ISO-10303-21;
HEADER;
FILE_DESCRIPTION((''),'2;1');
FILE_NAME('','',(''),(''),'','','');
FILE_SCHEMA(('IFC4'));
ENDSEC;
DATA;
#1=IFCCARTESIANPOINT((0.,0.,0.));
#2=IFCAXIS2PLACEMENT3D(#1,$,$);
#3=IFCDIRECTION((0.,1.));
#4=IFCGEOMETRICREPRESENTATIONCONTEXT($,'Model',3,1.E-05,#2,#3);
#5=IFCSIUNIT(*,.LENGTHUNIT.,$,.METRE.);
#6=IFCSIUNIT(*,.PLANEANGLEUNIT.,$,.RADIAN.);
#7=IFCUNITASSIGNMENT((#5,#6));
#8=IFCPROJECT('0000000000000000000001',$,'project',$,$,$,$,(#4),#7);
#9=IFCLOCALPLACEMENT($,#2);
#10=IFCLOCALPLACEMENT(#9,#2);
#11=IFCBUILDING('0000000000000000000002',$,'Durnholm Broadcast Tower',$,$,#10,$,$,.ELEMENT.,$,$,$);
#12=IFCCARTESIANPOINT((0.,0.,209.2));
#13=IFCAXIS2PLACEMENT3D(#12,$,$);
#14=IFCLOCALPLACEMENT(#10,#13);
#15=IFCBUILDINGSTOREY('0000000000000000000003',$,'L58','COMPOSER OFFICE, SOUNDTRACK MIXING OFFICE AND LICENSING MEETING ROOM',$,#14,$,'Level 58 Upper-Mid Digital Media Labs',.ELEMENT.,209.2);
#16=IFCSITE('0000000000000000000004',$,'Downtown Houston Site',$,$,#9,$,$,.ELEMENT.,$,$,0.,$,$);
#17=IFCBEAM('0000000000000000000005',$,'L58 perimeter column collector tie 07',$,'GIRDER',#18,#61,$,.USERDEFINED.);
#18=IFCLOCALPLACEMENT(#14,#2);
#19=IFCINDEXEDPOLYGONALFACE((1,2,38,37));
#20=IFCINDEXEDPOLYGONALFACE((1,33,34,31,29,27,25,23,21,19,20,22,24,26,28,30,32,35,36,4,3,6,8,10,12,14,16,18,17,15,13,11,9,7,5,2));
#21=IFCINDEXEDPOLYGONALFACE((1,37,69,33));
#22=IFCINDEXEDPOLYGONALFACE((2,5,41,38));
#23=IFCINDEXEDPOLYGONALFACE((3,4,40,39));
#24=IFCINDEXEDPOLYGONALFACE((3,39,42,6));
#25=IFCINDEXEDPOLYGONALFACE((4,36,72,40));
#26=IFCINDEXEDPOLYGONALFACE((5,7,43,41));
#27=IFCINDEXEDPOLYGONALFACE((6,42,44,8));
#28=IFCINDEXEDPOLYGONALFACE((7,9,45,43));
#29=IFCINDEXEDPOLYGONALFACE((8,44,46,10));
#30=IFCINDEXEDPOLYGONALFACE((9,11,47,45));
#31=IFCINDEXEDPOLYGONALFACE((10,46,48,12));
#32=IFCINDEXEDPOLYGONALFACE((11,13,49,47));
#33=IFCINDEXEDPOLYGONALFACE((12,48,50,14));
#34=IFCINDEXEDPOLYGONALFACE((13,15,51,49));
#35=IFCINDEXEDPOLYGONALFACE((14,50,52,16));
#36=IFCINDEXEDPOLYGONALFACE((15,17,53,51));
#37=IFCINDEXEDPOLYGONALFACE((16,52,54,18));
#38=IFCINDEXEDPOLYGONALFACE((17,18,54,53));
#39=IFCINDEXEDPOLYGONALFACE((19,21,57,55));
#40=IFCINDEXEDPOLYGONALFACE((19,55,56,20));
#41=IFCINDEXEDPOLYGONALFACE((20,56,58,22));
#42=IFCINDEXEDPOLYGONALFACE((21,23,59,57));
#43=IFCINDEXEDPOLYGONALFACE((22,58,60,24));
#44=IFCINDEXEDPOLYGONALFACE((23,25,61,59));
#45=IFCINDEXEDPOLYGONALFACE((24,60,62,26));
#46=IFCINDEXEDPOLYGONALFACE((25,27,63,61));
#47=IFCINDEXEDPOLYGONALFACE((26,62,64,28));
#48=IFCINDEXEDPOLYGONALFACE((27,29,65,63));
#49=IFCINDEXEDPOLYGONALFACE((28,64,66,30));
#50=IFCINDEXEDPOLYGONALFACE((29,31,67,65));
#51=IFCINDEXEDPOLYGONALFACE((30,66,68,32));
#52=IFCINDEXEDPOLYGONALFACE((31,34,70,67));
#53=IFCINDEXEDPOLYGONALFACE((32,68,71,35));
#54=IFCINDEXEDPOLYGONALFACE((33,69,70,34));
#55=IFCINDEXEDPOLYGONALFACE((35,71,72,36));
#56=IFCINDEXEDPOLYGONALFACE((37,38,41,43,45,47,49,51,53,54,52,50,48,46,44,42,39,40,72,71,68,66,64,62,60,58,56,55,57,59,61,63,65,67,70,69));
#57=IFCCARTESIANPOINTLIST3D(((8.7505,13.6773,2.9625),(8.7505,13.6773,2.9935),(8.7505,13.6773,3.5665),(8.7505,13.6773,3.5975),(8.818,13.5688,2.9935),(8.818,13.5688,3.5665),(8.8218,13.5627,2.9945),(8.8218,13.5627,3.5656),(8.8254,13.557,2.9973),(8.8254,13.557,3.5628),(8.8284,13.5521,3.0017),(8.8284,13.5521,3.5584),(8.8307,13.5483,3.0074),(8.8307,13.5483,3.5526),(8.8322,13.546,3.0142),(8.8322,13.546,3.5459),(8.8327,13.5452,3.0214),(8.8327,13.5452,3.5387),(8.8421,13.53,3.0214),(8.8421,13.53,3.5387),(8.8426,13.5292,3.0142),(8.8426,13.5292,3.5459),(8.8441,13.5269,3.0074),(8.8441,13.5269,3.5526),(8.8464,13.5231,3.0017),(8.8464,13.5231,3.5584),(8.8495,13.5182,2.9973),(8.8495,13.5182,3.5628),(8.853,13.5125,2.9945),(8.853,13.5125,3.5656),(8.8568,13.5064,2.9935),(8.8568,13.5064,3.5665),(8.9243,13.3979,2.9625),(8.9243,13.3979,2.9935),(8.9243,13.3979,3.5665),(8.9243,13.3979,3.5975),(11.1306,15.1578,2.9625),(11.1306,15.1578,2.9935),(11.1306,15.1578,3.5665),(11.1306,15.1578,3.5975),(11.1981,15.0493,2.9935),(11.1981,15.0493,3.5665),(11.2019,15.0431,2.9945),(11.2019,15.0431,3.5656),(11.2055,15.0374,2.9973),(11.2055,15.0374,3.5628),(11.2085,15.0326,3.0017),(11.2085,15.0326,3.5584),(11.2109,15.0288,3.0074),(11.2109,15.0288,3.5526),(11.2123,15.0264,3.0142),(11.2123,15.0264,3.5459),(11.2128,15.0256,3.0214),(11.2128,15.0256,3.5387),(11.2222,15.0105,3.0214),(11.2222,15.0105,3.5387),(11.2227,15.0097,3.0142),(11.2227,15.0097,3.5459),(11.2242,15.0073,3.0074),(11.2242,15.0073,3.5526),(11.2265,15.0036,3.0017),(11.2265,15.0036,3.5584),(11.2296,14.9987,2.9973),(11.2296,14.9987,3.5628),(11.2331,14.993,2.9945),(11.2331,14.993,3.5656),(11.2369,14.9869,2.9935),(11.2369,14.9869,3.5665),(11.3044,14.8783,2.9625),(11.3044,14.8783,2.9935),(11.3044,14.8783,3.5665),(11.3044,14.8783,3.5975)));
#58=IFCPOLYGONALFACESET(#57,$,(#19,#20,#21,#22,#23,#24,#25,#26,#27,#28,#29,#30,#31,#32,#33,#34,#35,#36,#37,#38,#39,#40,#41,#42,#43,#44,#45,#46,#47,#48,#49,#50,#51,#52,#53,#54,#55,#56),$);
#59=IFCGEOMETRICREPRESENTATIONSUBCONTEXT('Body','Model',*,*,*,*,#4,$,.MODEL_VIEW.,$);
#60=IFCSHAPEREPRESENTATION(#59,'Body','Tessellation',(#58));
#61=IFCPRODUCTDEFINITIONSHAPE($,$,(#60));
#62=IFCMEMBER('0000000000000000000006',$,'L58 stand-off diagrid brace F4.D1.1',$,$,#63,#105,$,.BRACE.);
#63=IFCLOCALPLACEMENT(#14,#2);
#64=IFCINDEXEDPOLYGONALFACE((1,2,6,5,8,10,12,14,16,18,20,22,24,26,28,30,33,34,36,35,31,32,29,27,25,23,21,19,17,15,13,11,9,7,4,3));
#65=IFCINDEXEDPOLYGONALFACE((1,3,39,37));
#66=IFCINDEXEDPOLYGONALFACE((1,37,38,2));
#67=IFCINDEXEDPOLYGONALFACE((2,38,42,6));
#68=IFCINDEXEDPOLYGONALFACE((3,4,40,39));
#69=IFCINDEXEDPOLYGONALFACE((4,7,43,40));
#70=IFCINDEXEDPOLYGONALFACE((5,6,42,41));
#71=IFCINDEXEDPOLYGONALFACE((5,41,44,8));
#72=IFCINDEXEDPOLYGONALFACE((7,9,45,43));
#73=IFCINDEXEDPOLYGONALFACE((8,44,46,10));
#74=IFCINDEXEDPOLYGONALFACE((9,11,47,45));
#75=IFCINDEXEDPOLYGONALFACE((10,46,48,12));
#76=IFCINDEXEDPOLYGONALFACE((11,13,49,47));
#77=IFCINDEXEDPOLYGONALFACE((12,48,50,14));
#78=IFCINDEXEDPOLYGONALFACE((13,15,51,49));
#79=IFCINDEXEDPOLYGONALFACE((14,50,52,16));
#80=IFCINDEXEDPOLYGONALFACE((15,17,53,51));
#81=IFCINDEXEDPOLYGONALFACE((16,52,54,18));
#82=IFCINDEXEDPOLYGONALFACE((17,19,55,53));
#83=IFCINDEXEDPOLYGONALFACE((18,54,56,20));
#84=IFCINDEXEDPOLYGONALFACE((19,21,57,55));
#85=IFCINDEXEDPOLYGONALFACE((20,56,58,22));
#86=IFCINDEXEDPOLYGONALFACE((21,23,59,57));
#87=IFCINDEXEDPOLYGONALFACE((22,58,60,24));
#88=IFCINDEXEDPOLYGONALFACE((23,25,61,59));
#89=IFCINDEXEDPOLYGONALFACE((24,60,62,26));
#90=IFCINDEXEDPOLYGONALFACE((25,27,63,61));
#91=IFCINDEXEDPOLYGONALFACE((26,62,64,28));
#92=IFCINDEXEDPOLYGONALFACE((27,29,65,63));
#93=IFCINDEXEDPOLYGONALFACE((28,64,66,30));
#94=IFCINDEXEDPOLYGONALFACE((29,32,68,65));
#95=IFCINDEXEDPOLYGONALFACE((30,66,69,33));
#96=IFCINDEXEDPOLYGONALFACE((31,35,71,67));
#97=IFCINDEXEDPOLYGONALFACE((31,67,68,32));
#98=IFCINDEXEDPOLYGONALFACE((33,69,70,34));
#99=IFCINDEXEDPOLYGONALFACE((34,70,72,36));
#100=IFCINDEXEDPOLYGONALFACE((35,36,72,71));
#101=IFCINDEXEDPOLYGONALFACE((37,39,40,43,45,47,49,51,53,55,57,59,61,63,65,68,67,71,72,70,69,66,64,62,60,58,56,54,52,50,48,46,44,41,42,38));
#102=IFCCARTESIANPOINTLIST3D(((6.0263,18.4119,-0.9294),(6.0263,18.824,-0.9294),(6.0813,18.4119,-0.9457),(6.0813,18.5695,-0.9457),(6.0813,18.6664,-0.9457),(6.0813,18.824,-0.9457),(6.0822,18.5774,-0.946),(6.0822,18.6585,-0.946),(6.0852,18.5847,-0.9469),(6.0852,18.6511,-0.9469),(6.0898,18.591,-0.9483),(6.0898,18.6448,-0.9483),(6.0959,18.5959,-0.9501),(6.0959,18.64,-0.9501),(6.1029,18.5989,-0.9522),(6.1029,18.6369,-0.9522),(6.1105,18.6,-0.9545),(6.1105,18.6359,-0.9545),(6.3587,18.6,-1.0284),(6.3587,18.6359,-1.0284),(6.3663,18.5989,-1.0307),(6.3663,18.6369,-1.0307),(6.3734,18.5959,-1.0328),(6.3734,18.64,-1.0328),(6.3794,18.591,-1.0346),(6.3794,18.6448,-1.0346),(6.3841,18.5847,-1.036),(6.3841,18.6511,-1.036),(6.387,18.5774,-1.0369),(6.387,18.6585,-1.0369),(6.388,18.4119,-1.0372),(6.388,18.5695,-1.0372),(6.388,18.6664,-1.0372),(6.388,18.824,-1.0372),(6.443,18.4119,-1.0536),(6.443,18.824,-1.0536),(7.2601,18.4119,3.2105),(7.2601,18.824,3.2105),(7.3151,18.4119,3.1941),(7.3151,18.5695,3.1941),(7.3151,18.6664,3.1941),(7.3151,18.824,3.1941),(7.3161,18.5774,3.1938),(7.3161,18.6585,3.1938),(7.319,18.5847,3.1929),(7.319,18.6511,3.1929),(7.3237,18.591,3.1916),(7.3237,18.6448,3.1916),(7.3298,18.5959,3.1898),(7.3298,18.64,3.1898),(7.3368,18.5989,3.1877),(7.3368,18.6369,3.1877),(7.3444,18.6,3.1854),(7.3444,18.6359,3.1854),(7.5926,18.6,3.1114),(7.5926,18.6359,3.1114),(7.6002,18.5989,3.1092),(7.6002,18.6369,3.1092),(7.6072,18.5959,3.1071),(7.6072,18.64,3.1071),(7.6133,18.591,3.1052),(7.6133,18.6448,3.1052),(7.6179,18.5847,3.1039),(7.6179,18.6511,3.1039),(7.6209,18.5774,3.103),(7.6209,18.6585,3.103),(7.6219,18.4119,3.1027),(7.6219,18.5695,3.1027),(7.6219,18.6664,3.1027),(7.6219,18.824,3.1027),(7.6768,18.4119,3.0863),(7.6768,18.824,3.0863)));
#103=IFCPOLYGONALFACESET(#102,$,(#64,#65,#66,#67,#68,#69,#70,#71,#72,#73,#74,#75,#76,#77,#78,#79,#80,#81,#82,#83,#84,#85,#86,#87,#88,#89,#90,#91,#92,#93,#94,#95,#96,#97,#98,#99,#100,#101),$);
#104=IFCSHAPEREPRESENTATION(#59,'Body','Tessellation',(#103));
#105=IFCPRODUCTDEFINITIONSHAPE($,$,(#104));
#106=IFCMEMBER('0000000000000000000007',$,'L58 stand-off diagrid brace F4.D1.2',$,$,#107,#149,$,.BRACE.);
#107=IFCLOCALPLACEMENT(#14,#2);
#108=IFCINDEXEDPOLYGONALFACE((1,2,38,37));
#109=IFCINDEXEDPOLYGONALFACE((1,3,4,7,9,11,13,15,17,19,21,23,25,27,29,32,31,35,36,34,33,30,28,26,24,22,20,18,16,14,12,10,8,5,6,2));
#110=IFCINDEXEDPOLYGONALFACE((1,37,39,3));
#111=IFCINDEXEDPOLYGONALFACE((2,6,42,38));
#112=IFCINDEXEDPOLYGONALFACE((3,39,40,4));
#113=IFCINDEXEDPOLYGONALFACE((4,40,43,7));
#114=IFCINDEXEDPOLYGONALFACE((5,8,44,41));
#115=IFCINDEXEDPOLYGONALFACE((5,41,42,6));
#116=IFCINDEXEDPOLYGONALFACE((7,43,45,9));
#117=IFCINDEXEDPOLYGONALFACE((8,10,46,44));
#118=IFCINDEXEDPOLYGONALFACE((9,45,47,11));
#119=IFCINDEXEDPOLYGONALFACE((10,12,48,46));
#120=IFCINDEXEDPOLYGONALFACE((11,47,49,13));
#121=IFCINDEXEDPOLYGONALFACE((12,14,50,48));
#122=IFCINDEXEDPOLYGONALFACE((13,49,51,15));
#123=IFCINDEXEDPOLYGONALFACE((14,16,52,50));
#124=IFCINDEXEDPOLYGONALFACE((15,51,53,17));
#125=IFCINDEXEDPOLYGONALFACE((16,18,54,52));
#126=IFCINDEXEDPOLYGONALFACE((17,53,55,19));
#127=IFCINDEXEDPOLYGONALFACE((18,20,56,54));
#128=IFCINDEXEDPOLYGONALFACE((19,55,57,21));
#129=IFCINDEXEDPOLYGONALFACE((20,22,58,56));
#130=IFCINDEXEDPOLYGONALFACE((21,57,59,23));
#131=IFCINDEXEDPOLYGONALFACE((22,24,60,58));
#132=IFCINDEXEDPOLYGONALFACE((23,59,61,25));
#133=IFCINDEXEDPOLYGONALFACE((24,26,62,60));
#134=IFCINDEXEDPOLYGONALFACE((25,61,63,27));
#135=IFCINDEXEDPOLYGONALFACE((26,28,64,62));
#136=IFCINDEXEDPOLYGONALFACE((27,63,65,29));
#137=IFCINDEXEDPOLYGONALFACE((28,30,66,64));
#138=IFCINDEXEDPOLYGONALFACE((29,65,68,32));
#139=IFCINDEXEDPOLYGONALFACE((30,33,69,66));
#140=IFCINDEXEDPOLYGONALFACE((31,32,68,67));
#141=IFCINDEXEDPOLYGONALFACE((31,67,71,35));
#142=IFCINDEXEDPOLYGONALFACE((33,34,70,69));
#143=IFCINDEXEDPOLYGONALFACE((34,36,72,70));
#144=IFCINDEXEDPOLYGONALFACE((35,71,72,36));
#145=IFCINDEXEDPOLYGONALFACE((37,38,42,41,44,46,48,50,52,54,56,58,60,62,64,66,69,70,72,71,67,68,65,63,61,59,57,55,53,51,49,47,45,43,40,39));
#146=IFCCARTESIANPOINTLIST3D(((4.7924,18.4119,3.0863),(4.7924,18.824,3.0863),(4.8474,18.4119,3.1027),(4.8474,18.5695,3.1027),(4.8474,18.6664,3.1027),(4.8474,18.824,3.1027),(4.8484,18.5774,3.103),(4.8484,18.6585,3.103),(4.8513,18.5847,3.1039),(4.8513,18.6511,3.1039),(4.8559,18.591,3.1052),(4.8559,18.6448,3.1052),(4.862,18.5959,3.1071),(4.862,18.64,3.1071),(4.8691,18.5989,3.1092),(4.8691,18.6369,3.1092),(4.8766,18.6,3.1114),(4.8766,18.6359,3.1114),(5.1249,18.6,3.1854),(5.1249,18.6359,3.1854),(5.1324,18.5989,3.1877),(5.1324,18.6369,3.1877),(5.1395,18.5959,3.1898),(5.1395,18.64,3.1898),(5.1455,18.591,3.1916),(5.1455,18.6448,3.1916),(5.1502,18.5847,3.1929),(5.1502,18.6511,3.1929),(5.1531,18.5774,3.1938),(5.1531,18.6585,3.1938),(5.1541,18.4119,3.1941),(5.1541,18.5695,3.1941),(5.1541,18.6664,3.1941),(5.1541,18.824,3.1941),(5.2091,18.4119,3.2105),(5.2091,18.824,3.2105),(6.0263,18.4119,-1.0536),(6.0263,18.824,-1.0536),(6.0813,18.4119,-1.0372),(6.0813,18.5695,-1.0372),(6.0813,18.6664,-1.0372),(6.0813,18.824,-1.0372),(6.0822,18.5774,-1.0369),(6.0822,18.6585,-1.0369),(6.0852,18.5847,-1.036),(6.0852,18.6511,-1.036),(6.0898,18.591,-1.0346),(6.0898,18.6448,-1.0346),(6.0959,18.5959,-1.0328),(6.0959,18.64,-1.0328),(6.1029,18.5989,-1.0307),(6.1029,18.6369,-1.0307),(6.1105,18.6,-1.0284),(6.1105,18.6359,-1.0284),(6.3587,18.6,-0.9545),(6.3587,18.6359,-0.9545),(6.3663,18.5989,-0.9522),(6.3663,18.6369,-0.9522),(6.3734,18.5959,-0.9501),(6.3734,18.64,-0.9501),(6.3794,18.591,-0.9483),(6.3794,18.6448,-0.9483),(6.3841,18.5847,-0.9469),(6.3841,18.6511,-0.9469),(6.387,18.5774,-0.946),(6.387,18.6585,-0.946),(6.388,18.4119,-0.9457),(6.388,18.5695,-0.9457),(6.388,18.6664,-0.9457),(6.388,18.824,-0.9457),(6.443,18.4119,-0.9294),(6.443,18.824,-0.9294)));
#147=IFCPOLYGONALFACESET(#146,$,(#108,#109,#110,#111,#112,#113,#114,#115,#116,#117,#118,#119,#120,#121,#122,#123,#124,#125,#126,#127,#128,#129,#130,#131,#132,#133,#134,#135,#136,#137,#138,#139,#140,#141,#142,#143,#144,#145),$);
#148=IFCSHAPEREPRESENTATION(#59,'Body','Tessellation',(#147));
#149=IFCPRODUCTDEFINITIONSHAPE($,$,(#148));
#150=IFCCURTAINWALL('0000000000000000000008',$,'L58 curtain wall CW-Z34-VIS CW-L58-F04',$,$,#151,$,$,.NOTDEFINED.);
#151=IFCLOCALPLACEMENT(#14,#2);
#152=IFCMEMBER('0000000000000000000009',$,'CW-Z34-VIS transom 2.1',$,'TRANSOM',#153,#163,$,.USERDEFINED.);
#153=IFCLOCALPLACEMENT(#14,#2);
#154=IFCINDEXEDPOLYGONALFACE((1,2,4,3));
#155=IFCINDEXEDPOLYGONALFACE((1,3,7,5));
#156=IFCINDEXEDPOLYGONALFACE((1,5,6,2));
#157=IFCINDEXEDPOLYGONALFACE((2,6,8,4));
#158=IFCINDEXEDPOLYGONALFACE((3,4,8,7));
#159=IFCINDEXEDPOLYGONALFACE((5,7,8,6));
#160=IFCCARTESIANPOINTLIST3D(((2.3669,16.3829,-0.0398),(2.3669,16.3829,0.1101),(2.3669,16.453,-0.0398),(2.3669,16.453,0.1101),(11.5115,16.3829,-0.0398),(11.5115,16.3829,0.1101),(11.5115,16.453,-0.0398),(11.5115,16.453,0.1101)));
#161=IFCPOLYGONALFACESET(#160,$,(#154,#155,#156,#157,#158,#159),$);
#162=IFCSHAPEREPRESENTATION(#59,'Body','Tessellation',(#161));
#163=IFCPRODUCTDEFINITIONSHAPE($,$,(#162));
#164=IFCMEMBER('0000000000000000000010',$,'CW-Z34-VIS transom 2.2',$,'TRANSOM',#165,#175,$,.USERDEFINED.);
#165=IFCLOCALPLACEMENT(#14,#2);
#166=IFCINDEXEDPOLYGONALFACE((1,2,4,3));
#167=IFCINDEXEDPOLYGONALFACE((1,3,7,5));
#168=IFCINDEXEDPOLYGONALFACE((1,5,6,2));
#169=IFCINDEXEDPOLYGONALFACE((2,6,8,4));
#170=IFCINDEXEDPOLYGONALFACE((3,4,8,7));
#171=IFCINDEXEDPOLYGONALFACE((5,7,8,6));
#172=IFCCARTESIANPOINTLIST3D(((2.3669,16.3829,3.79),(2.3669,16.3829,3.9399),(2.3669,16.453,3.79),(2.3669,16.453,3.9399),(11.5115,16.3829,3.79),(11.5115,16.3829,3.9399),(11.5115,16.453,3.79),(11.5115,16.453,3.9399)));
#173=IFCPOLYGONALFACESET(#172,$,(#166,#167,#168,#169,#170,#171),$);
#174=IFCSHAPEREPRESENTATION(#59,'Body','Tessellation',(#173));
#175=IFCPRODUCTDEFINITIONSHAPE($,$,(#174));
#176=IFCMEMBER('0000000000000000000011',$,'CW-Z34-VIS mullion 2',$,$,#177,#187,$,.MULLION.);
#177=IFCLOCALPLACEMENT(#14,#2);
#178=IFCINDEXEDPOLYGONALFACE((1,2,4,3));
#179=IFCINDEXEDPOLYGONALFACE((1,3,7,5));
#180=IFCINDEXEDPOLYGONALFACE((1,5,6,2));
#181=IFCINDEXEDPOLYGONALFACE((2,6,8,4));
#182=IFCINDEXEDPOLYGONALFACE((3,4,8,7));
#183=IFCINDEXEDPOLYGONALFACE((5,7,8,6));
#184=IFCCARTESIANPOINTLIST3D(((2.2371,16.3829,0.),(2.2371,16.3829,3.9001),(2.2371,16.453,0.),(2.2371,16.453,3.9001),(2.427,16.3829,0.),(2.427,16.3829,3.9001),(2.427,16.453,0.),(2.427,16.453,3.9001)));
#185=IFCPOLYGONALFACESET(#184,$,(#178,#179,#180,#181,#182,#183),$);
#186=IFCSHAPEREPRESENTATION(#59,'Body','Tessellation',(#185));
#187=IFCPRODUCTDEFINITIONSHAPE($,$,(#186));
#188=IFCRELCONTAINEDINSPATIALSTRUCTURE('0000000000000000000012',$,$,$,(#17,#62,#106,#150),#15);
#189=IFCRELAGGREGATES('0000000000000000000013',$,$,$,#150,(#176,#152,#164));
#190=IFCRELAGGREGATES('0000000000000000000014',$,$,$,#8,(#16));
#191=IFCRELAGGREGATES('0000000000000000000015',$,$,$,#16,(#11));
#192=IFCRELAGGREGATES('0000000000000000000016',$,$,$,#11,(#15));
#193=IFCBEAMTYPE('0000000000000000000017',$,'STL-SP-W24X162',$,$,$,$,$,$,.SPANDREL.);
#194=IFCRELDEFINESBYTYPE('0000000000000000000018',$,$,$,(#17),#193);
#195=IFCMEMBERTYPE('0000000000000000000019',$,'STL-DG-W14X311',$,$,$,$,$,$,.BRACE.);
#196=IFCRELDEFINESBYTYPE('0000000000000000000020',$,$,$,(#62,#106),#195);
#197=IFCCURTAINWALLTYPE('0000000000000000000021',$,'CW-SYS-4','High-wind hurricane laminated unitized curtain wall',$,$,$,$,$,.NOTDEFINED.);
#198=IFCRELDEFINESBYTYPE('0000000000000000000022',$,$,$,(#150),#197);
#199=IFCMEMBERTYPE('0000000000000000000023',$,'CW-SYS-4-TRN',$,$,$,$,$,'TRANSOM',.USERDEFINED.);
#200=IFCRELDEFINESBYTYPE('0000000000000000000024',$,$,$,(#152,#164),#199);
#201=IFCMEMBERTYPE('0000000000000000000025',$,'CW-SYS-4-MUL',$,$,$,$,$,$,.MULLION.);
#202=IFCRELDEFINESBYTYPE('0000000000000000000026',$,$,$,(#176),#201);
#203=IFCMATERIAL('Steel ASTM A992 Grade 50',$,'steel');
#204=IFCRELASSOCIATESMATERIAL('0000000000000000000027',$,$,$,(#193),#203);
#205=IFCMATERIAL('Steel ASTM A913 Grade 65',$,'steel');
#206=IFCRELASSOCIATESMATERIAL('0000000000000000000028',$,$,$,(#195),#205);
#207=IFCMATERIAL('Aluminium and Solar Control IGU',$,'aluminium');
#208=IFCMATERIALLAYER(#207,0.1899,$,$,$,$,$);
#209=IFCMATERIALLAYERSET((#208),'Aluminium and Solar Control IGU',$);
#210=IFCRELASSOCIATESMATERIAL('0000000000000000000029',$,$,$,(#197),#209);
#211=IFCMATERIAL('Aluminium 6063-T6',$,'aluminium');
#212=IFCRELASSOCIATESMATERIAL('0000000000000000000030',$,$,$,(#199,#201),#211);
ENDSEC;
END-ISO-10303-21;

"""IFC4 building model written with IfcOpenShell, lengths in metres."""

from ifc_helpers import new_model, si_unit, direction, frame, origin, origin_2d, place, context, subcontext, project, spatial, rectangle, i_section, extrude, source, transform, mapped, material, layer, layer_set, material_profile, profile_set, type_object, type_shapes, element, aggregate, save


model = new_model("IFC4")

# Units and contexts
model_context = context("Model", 3, precision=1e-05, world=origin(), true_north=direction((0.0, 1.0)))
body_context = subcontext(model_context, "Body", "Model", "MODEL_VIEW")
ifc_project = project(units=[si_unit("LENGTHUNIT", "METRE"), si_unit("PLANEANGLEUNIT", "RADIAN")], contexts=[model_context])

# Site, building, storey
site_placement = place(None, origin())
site = spatial("IfcSite", under=ifc_project, at=site_placement, Name="Downtown Houston Site", CompositionType="ELEMENT", RefElevation=0.0)
building_placement = place(site_placement, origin())
building = spatial("IfcBuilding", under=site, at=building_placement, Name="Durnholm Broadcast Tower", CompositionType="ELEMENT")
storey_placement = place(building_placement, frame((0.0, 0.0, 209.2)))
storey = spatial("IfcBuildingStorey", under=building, at=storey_placement, Name="L58", Description="COMPOSER OFFICE, SOUNDTRACK MIXING OFFICE AND LICENSING MEETING ROOM", LongName="Level 58 Upper-Mid Digital Media Labs", CompositionType="ELEMENT", Elevation=209.2)

# Beam
ifc_material_1 = material(Name="Steel ASTM A992 Grade 50", Category="steel")
ifc_material_profile_1 = material_profile(ifc_material_1, i_section(OverallWidth=0.3291, OverallDepth=0.635, WebThickness=0.0178, FlangeThickness=0.031, FilletRadius=0.0278, at=origin_2d()), Name="W24X162")
ifc_profile_set_1 = profile_set([ifc_material_profile_1], Name="Steel ASTM A992 Grade 50")
beam_type_1 = type_object("IfcBeamType", Name="STL-SP-W24X162", PredefinedType="SPANDREL", material=ifc_profile_set_1)
shared_shape_1 = source(origin(), body_context, "Body", "SweptSolid", [
    extrude(i_section(OverallWidth=0.3291, OverallDepth=0.635, WebThickness=0.0178, FlangeThickness=0.031, FilletRadius=0.0278, at=origin_2d()), origin(), (0.0, 0.0, 1.0), 2.803),
])
type_shapes(beam_type_1, [shared_shape_1])
beam_1_placement = place(storey_placement, frame((11.2175, 15.0181, 3.28), z_axis=(-0.849136, -0.528174, 0.0), x_axis=(0.528174, -0.849136, 0.0)))
element("IfcBeam", 1, at=beam_1_placement, inside=storey, type_object=beam_type_1, Name="L58 perimeter column collector tie 07", ObjectType="GIRDER", PredefinedType="USERDEFINED", context=body_context, shape_type="MappedRepresentation", body=[
    mapped(shared_shape_1, transform((0.0, 0.0, 0.0), x_axis=(1.0, 0.0, 0.0), y_axis=(0.0, 1.0, 0.0), z_axis=(0.0, 0.0, 1.0), scale=1.0)),
])

# Members
ifc_material_2 = material(Name="Steel ASTM A913 Grade 65", Category="steel")
ifc_material_profile_2 = material_profile(ifc_material_2, i_section(OverallWidth=0.4121, OverallDepth=0.4348, WebThickness=0.0359, FlangeThickness=0.0574, FilletRadius=0.0305, at=origin_2d()), Name="W14X311")
ifc_profile_set_2 = profile_set([ifc_material_profile_2], Name="Steel ASTM A913 Grade 65")
member_type_1 = type_object("IfcMemberType", Name="STL-DG-W14X311", PredefinedType="BRACE", material=ifc_profile_set_2)
shared_shape_2 = source(origin(), body_context, "Body", "SweptSolid", [
    extrude(i_section(OverallWidth=0.4121, OverallDepth=0.4348, WebThickness=0.0359, FlangeThickness=0.0574, FilletRadius=0.0305, at=origin_2d()), origin(), (0.0, 0.0, 1.0), 4.3198),
])
type_shapes(member_type_1, [shared_shape_2])
for number, where, z_axis, x_axis, name in (
    (2, (6.2346, 18.6179, -0.9915), (0.285631, 0.0, 0.95834), (0.0, 1.0, 0.0), "L58 stand-off diagrid brace F4.D1.1"),
    (3, (6.2346, 18.6179, -0.9915), (-0.285631, 0.0, 0.95834), (0.0, -1.0, 0.0), "L58 stand-off diagrid brace F4.D1.2"),
):
    element("IfcMember", number, at=place(storey_placement, frame(where, z_axis=z_axis, x_axis=x_axis)), inside=storey, type_object=member_type_1, Name=name, PredefinedType="BRACE", context=body_context, shape_type="MappedRepresentation", body=[
        mapped(shared_shape_2, transform((0.0, 0.0, 0.0), x_axis=(1.0, 0.0, 0.0), y_axis=(0.0, 1.0, 0.0), z_axis=(0.0, 0.0, 1.0), scale=1.0)),
    ])

# Curtain wall, members
ifc_material_3 = material(Name="Aluminium and Solar Control IGU", Category="aluminium")
ifc_layer_1 = layer(ifc_material_3, 0.1899)
ifc_layer_set_1 = layer_set([ifc_layer_1], Name="Aluminium and Solar Control IGU")
curtain_wall_type = type_object("IfcCurtainWallType", Name="CW-SYS-4", Description="High-wind hurricane laminated unitized curtain wall", PredefinedType="NOTDEFINED", material=ifc_layer_set_1)
curtain_wall_placement = place(storey_placement, origin())
curtain_wall = element("IfcCurtainWall", 4, at=curtain_wall_placement, inside=storey, type_object=curtain_wall_type, Name="L58 curtain wall CW-Z34-VIS CW-L58-F04", PredefinedType="NOTDEFINED")
ifc_material_4 = material(Name="Aluminium 6063-T6", Category="aluminium")
ifc_material_profile_3 = material_profile(ifc_material_4, rectangle(XDim=0.0701, YDim=0.1499, at=origin_2d()), Name="CWT70X150")
ifc_profile_set_3 = profile_set([ifc_material_profile_3], Name="Aluminium 6063-T6")
member_type_2 = type_object("IfcMemberType", Name="CW-SYS-4-TRN", ElementType="TRANSOM", PredefinedType="USERDEFINED", material=ifc_profile_set_3)
shared_shape_3 = source(origin(), body_context, "Body", "SweptSolid", [
    extrude(rectangle(XDim=0.0701, YDim=0.1499, at=origin_2d()), origin(), (0.0, 0.0, 1.0), 9.1445),
])
type_shapes(member_type_2, [shared_shape_3])
member_1_placement = place(storey_placement, frame((2.3669, 16.418, 0.0352), z_axis=(1.0, 0.0, 0.0), x_axis=(0.0, 1.0, 0.0)))
member_1 = element("IfcMember", 5, at=member_1_placement, type_object=member_type_2, Name="CW-Z34-VIS transom 2.1", ObjectType="TRANSOM", PredefinedType="USERDEFINED", context=body_context, shape_type="MappedRepresentation", body=[
    mapped(shared_shape_3, transform((0.0, 0.0, 0.0), x_axis=(1.0, 0.0, 0.0), y_axis=(0.0, 1.0, 0.0), z_axis=(0.0, 0.0, 1.0), scale=1.0)),
])
member_2_placement = place(storey_placement, frame((2.3669, 16.418, 3.865), z_axis=(1.0, 0.0, 0.0), x_axis=(0.0, 1.0, 0.0)))
member_2 = element("IfcMember", 6, at=member_2_placement, type_object=member_type_2, Name="CW-Z34-VIS transom 2.2", ObjectType="TRANSOM", PredefinedType="USERDEFINED", context=body_context, shape_type="MappedRepresentation", body=[
    mapped(shared_shape_3, transform((0.0, 0.0, 0.0), x_axis=(1.0, 0.0, 0.0), y_axis=(0.0, 1.0, 0.0), z_axis=(0.0, 0.0, 1.0), scale=1.0)),
])
ifc_material_profile_4 = material_profile(ifc_material_4, rectangle(XDim=0.0701, YDim=0.1899, at=origin_2d()), Name="CWM70X190")
ifc_profile_set_4 = profile_set([ifc_material_profile_4], Name="Aluminium 6063-T6")
member_type_3 = type_object("IfcMemberType", Name="CW-SYS-4-MUL", PredefinedType="MULLION", material=ifc_profile_set_4)
shared_shape_4 = source(origin(), body_context, "Body", "SweptSolid", [
    extrude(rectangle(XDim=0.0701, YDim=0.1899, at=origin_2d()), origin(), (0.0, 0.0, 1.0), 3.9001),
])
type_shapes(member_type_3, [shared_shape_4])
member_3_placement = place(storey_placement, frame((2.332, 16.418, 0.0), z_axis=(0.0, 0.0, 1.0), x_axis=(0.0, 1.0, 0.0)))
member_3 = element("IfcMember", 7, at=member_3_placement, type_object=member_type_3, Name="CW-Z34-VIS mullion 2", PredefinedType="MULLION", context=body_context, shape_type="MappedRepresentation", body=[
    mapped(shared_shape_4, transform((0.0, 0.0, 0.0), x_axis=(1.0, 0.0, 0.0), y_axis=(0.0, 1.0, 0.0), z_axis=(0.0, 0.0, 1.0), scale=1.0)),
])
aggregate(curtain_wall, [member_3, member_1, member_2])

save(model, "model.ifc")
